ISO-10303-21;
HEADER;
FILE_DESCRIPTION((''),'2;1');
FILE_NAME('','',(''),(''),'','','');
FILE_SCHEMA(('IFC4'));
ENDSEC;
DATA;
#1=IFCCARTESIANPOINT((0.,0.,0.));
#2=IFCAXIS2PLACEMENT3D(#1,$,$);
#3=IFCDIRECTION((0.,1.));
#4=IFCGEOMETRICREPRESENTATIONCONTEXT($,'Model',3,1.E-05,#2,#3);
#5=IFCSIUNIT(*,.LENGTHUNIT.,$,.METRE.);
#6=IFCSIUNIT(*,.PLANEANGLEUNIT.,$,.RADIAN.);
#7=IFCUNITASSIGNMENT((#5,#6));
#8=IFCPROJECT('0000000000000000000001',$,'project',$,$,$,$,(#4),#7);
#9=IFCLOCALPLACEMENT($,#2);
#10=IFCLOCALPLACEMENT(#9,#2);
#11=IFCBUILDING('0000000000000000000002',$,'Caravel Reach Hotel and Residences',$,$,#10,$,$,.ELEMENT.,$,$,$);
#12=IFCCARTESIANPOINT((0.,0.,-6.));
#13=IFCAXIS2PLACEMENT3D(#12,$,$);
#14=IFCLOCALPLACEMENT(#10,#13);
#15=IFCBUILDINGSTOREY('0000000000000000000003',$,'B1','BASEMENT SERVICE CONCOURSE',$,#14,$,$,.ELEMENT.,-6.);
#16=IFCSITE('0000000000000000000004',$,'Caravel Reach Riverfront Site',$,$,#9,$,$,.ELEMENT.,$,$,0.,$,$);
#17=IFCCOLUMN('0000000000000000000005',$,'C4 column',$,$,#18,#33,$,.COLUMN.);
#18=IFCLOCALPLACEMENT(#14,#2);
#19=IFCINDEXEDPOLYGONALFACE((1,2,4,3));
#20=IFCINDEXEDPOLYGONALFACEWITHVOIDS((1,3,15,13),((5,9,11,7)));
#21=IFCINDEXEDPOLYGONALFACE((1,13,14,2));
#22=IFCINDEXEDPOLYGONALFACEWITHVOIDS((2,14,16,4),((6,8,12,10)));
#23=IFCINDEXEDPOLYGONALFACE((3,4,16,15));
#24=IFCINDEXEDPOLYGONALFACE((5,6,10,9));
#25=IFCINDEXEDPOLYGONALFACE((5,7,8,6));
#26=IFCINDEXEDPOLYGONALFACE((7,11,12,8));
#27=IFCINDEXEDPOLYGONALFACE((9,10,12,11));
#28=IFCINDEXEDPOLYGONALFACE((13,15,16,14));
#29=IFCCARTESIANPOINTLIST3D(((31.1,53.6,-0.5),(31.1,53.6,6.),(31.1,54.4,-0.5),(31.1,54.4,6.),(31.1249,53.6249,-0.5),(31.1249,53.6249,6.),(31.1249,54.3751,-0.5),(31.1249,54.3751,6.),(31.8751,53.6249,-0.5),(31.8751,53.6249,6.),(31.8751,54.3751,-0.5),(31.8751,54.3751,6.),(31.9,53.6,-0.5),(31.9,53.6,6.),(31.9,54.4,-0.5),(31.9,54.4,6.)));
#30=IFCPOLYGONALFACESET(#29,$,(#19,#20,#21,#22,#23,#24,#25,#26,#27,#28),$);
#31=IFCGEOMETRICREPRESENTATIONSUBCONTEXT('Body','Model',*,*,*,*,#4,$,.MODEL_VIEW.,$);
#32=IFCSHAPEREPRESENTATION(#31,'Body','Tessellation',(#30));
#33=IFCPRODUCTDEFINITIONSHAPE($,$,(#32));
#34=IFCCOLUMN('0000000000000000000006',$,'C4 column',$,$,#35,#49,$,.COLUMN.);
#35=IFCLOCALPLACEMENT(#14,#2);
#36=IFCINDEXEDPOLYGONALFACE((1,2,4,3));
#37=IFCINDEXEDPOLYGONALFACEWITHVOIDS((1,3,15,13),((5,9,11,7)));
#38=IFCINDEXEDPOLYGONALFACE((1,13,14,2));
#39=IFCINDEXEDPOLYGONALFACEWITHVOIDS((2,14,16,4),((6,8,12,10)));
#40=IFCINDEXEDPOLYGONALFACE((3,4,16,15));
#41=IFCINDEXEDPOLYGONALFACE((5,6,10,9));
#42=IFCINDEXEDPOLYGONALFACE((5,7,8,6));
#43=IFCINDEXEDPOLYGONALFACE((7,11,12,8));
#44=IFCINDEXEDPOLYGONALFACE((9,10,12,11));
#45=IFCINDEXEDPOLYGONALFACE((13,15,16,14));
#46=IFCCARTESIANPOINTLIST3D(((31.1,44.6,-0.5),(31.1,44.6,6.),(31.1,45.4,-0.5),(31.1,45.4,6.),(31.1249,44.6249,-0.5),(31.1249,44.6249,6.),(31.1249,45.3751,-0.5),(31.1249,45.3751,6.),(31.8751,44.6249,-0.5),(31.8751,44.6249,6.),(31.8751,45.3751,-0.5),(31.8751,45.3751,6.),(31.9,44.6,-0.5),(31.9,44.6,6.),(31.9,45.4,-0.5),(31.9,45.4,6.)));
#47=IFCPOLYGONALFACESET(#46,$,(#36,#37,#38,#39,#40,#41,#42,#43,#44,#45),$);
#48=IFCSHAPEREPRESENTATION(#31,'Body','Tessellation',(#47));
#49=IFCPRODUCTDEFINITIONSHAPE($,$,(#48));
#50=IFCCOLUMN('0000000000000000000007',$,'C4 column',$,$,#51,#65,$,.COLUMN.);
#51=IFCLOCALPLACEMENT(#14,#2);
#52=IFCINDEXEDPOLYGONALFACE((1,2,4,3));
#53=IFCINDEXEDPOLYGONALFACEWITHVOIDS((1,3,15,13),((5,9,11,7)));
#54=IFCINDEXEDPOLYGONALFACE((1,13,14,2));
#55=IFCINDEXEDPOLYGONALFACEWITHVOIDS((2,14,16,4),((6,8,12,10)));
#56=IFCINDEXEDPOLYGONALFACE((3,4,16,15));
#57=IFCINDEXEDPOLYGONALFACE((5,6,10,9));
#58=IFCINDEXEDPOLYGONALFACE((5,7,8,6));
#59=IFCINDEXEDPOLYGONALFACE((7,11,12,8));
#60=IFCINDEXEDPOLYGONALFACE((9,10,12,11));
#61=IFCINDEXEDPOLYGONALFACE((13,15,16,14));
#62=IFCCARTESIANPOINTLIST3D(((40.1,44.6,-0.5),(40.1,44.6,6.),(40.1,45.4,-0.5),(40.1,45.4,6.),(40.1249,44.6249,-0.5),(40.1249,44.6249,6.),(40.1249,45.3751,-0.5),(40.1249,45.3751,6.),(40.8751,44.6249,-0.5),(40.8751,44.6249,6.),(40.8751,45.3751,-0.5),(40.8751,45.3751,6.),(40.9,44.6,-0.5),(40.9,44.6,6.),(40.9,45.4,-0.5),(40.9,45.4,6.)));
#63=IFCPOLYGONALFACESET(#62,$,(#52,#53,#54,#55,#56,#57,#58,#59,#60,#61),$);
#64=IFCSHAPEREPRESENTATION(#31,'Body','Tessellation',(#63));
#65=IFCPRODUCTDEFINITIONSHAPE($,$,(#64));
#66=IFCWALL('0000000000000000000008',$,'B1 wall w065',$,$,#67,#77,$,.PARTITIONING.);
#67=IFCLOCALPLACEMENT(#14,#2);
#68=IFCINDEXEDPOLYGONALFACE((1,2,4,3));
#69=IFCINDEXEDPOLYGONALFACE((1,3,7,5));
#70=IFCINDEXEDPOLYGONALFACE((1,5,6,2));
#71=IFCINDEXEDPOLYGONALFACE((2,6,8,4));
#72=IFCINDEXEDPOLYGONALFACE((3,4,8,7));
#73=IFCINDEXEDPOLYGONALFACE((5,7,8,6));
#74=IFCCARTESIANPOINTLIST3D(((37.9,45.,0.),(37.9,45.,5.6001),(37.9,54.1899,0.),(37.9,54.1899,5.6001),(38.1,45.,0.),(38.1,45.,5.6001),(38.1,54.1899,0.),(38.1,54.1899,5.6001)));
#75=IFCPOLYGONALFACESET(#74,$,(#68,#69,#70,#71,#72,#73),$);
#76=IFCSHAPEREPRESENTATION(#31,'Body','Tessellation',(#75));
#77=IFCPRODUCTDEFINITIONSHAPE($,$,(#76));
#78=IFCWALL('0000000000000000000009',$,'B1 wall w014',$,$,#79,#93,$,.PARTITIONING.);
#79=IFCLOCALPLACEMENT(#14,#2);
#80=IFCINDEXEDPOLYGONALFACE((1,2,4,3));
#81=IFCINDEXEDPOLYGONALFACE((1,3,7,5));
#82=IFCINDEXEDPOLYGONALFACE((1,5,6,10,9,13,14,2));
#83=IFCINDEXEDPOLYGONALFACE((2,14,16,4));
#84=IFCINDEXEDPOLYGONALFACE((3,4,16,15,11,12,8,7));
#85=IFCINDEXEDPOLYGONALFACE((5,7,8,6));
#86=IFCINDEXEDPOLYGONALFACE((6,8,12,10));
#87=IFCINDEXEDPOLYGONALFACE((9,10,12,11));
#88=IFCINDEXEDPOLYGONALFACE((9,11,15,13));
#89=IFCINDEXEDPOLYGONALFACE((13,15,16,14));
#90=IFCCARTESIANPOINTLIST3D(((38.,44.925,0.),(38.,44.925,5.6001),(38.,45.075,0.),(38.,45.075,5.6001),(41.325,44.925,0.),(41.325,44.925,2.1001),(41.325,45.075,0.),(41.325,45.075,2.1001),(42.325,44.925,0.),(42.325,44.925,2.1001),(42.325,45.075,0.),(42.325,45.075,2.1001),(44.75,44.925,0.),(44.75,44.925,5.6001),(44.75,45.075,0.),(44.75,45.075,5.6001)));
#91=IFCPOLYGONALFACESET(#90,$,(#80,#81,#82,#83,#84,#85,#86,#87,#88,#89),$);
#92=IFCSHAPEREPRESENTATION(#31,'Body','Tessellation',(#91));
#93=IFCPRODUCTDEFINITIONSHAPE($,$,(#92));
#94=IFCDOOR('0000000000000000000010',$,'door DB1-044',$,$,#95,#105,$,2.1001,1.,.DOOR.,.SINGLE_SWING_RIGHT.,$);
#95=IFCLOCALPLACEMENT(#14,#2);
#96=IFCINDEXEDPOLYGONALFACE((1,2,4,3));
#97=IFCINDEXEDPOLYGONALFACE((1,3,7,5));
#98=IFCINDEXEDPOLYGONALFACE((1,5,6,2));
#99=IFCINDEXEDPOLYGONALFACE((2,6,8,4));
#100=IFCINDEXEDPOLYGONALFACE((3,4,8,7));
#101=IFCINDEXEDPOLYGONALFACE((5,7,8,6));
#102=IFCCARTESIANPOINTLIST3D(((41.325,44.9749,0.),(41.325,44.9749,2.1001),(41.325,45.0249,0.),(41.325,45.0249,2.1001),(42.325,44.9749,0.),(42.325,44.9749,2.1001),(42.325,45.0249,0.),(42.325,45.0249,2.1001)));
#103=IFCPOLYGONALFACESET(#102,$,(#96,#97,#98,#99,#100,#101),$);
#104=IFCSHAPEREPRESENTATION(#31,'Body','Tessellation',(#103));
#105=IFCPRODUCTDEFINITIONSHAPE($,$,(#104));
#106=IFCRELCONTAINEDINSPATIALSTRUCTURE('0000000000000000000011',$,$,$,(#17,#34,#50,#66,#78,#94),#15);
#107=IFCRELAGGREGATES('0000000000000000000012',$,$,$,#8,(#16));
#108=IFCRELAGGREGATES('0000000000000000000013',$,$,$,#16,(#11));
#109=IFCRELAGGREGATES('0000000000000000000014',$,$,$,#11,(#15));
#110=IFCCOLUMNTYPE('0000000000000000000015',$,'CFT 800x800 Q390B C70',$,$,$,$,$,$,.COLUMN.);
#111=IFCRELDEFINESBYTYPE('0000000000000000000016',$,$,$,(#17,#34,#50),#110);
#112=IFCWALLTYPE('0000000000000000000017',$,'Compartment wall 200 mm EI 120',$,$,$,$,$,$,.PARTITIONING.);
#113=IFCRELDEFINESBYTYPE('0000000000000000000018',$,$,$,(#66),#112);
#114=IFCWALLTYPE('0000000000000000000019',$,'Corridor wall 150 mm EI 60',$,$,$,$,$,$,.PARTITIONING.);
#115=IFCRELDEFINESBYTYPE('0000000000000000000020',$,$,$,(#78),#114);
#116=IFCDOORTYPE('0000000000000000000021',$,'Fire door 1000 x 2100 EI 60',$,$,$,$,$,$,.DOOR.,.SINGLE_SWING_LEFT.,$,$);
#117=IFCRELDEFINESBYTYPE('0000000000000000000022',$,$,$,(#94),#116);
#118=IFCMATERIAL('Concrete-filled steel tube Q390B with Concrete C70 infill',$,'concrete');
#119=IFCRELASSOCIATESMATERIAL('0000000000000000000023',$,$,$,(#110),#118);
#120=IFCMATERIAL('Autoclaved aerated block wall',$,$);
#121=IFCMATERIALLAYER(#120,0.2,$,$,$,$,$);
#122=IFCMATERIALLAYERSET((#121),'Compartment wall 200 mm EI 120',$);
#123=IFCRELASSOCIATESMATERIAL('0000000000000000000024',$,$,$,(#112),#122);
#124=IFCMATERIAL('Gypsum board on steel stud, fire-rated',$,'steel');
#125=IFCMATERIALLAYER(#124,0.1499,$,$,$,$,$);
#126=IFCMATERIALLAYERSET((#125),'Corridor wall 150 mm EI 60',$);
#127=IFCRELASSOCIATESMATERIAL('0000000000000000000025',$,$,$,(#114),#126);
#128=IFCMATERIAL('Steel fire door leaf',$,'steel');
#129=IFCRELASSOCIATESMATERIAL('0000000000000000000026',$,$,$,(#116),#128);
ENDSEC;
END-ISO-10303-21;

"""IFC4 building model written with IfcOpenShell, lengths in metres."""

from ifc_helpers import new_model, si_unit, direction, frame, frame_2d, origin, origin_2d, place, context, subcontext, project, spatial, rectangle, hollow_rectangle, extrude, material, layer, layer_set, material_profile, profile_set, type_object, element, fill, save


model = new_model("IFC4")

# Units and contexts
model_context = context("Model", 3, precision=1e-05, world=origin(), true_north=direction((0.0, 1.0)))
body_context = subcontext(model_context, "Body", "Model", "MODEL_VIEW")
ifc_project = project(units=[si_unit("LENGTHUNIT", "METRE"), si_unit("PLANEANGLEUNIT", "RADIAN")], contexts=[model_context])

# Site, building, storey
site_placement = place(None, origin())
site = spatial("IfcSite", under=ifc_project, at=site_placement, Name="Caravel Reach Riverfront Site", CompositionType="ELEMENT", RefElevation=0.0)
building_placement = place(site_placement, origin())
building = spatial("IfcBuilding", under=site, at=building_placement, Name="Caravel Reach Hotel and Residences", CompositionType="ELEMENT")
storey_placement = place(building_placement, frame((0.0, 0.0, -6.0)))
storey = spatial("IfcBuildingStorey", under=building, at=storey_placement, Name="B1", Description="BASEMENT SERVICE CONCOURSE", CompositionType="ELEMENT", Elevation=-6.0)

# Columns
ifc_material_1 = material(Name="Concrete-filled steel tube Q390B with Concrete C70 infill", Category="concrete")
ifc_material_profile_1 = material_profile(ifc_material_1, hollow_rectangle(XDim=0.8, YDim=0.8, WallThickness=0.0249, at=origin_2d()), Name="RHS 800x800x25")
ifc_profile_set_1 = profile_set([ifc_material_profile_1], Name="Concrete-filled steel tube Q390B with Concrete C70 infill")
column_type_1 = type_object("IfcColumnType", Name="CFT 800x800 Q390B C70", PredefinedType="COLUMN", material=ifc_profile_set_1)
for number, where, z_axis, x_axis, name in (
    (1, (31.5, 54.0, -0.5), (0.0, 0.0, 1.0), (1.0, 0.0, 0.0), "C4 column"),
    (2, (31.5, 45.0, -0.5), (0.0, 0.0, 1.0), (1.0, 0.0, 0.0), "C4 column"),
    (3, (40.5, 45.0, -0.5), (0.0, 0.0, 1.0), (1.0, 0.0, 0.0), "C4 column"),
):
    element("IfcColumn", number, at=place(storey_placement, frame(where, z_axis=z_axis, x_axis=x_axis)), inside=storey, type_object=column_type_1, Name=name, PredefinedType="COLUMN", context=body_context, shape_type="SweptSolid", body=[
        extrude(hollow_rectangle(XDim=0.8, YDim=0.8, WallThickness=0.0249, at=origin_2d()), origin(), (0.0, 0.0, 1.0), 6.5),
    ])

# Wall
ifc_material_2 = material(Name="Autoclaved aerated block wall")
ifc_layer_1 = layer(ifc_material_2, 0.2)
ifc_layer_set_1 = layer_set([ifc_layer_1], Name="Compartment wall 200 mm EI 120")
wall_type_1 = type_object("IfcWallType", Name="Compartment wall 200 mm EI 120", PredefinedType="PARTITIONING", material=ifc_layer_set_1)
wall_1_placement = place(storey_placement, frame((38.0, 45.0, 0.0), z_axis=(0.0, 0.0, 1.0), x_axis=(0.0, 1.0, 0.0)))
element("IfcWall", 4, at=wall_1_placement, inside=storey, type_object=wall_type_1, Name="B1 wall w065", PredefinedType="PARTITIONING", context=body_context, shape_type="SweptSolid", body=[
    extrude(rectangle(XDim=9.1899, YDim=0.2, at=frame_2d((4.595, 0.0))), origin(), (0.0, 0.0, 1.0), 5.6001),
])

# Wall, opening, door
ifc_material_3 = material(Name="Gypsum board on steel stud, fire-rated", Category="steel")
ifc_layer_2 = layer(ifc_material_3, 0.1499)
ifc_layer_set_2 = layer_set([ifc_layer_2], Name="Corridor wall 150 mm EI 60")
wall_type_2 = type_object("IfcWallType", Name="Corridor wall 150 mm EI 60", PredefinedType="PARTITIONING", material=ifc_layer_set_2)
wall_2_placement = place(storey_placement, frame((38.0, 45.0, 0.0), z_axis=(0.0, 0.0, 1.0), x_axis=(1.0, 0.0, 0.0)))
wall_2 = element("IfcWall", 5, at=wall_2_placement, inside=storey, type_object=wall_type_2, Name="B1 wall w014", PredefinedType="PARTITIONING", context=body_context, shape_type="SweptSolid", body=[
    extrude(rectangle(XDim=6.75, YDim=0.1499, at=frame_2d((3.375, 0.0))), origin(), (0.0, 0.0, 1.0), 5.6001),
])
opening_placement = place(wall_2_placement, frame((3.325, 0.0, 0.0)))
opening = element("IfcOpeningElement", 6, at=opening_placement, cuts=wall_2, PredefinedType="OPENING", context=body_context, shape_type="SweptSolid", body=[
    extrude(rectangle(XDim=1.0, YDim=2.1001, at=frame_2d((0.5, 1.05))), frame((0.0, 0.085, 0.0), z_axis=(0.0, -1.0, 0.0), x_axis=(1.0, 0.0, 0.0)), (0.0, 0.0, 1.0), 0.1699),
])
ifc_material_4 = material(Name="Steel fire door leaf", Category="steel")
door_type = type_object("IfcDoorType", Name="Fire door 1000 x 2100 EI 60", OperationType="SINGLE_SWING_LEFT", PredefinedType="DOOR", material=ifc_material_4)
door_placement = place(opening_placement, origin())
door = element("IfcDoor", 7, at=door_placement, inside=storey, type_object=door_type, Name="door DB1-044", OperationType="SINGLE_SWING_RIGHT", OverallHeight=2.1001, OverallWidth=1.0, PredefinedType="DOOR", context=body_context, shape_type="SweptSolid", body=[
    extrude(rectangle(XDim=1.0, YDim=2.1001, at=frame_2d((0.5, 1.05))), frame((0.0, 0.0249, 0.0), z_axis=(0.0, -1.0, 0.0), x_axis=(1.0, 0.0, 0.0)), (0.0, 0.0, 1.0), 0.05),
])
fill(opening, door)

save(model, "model.ifc")
